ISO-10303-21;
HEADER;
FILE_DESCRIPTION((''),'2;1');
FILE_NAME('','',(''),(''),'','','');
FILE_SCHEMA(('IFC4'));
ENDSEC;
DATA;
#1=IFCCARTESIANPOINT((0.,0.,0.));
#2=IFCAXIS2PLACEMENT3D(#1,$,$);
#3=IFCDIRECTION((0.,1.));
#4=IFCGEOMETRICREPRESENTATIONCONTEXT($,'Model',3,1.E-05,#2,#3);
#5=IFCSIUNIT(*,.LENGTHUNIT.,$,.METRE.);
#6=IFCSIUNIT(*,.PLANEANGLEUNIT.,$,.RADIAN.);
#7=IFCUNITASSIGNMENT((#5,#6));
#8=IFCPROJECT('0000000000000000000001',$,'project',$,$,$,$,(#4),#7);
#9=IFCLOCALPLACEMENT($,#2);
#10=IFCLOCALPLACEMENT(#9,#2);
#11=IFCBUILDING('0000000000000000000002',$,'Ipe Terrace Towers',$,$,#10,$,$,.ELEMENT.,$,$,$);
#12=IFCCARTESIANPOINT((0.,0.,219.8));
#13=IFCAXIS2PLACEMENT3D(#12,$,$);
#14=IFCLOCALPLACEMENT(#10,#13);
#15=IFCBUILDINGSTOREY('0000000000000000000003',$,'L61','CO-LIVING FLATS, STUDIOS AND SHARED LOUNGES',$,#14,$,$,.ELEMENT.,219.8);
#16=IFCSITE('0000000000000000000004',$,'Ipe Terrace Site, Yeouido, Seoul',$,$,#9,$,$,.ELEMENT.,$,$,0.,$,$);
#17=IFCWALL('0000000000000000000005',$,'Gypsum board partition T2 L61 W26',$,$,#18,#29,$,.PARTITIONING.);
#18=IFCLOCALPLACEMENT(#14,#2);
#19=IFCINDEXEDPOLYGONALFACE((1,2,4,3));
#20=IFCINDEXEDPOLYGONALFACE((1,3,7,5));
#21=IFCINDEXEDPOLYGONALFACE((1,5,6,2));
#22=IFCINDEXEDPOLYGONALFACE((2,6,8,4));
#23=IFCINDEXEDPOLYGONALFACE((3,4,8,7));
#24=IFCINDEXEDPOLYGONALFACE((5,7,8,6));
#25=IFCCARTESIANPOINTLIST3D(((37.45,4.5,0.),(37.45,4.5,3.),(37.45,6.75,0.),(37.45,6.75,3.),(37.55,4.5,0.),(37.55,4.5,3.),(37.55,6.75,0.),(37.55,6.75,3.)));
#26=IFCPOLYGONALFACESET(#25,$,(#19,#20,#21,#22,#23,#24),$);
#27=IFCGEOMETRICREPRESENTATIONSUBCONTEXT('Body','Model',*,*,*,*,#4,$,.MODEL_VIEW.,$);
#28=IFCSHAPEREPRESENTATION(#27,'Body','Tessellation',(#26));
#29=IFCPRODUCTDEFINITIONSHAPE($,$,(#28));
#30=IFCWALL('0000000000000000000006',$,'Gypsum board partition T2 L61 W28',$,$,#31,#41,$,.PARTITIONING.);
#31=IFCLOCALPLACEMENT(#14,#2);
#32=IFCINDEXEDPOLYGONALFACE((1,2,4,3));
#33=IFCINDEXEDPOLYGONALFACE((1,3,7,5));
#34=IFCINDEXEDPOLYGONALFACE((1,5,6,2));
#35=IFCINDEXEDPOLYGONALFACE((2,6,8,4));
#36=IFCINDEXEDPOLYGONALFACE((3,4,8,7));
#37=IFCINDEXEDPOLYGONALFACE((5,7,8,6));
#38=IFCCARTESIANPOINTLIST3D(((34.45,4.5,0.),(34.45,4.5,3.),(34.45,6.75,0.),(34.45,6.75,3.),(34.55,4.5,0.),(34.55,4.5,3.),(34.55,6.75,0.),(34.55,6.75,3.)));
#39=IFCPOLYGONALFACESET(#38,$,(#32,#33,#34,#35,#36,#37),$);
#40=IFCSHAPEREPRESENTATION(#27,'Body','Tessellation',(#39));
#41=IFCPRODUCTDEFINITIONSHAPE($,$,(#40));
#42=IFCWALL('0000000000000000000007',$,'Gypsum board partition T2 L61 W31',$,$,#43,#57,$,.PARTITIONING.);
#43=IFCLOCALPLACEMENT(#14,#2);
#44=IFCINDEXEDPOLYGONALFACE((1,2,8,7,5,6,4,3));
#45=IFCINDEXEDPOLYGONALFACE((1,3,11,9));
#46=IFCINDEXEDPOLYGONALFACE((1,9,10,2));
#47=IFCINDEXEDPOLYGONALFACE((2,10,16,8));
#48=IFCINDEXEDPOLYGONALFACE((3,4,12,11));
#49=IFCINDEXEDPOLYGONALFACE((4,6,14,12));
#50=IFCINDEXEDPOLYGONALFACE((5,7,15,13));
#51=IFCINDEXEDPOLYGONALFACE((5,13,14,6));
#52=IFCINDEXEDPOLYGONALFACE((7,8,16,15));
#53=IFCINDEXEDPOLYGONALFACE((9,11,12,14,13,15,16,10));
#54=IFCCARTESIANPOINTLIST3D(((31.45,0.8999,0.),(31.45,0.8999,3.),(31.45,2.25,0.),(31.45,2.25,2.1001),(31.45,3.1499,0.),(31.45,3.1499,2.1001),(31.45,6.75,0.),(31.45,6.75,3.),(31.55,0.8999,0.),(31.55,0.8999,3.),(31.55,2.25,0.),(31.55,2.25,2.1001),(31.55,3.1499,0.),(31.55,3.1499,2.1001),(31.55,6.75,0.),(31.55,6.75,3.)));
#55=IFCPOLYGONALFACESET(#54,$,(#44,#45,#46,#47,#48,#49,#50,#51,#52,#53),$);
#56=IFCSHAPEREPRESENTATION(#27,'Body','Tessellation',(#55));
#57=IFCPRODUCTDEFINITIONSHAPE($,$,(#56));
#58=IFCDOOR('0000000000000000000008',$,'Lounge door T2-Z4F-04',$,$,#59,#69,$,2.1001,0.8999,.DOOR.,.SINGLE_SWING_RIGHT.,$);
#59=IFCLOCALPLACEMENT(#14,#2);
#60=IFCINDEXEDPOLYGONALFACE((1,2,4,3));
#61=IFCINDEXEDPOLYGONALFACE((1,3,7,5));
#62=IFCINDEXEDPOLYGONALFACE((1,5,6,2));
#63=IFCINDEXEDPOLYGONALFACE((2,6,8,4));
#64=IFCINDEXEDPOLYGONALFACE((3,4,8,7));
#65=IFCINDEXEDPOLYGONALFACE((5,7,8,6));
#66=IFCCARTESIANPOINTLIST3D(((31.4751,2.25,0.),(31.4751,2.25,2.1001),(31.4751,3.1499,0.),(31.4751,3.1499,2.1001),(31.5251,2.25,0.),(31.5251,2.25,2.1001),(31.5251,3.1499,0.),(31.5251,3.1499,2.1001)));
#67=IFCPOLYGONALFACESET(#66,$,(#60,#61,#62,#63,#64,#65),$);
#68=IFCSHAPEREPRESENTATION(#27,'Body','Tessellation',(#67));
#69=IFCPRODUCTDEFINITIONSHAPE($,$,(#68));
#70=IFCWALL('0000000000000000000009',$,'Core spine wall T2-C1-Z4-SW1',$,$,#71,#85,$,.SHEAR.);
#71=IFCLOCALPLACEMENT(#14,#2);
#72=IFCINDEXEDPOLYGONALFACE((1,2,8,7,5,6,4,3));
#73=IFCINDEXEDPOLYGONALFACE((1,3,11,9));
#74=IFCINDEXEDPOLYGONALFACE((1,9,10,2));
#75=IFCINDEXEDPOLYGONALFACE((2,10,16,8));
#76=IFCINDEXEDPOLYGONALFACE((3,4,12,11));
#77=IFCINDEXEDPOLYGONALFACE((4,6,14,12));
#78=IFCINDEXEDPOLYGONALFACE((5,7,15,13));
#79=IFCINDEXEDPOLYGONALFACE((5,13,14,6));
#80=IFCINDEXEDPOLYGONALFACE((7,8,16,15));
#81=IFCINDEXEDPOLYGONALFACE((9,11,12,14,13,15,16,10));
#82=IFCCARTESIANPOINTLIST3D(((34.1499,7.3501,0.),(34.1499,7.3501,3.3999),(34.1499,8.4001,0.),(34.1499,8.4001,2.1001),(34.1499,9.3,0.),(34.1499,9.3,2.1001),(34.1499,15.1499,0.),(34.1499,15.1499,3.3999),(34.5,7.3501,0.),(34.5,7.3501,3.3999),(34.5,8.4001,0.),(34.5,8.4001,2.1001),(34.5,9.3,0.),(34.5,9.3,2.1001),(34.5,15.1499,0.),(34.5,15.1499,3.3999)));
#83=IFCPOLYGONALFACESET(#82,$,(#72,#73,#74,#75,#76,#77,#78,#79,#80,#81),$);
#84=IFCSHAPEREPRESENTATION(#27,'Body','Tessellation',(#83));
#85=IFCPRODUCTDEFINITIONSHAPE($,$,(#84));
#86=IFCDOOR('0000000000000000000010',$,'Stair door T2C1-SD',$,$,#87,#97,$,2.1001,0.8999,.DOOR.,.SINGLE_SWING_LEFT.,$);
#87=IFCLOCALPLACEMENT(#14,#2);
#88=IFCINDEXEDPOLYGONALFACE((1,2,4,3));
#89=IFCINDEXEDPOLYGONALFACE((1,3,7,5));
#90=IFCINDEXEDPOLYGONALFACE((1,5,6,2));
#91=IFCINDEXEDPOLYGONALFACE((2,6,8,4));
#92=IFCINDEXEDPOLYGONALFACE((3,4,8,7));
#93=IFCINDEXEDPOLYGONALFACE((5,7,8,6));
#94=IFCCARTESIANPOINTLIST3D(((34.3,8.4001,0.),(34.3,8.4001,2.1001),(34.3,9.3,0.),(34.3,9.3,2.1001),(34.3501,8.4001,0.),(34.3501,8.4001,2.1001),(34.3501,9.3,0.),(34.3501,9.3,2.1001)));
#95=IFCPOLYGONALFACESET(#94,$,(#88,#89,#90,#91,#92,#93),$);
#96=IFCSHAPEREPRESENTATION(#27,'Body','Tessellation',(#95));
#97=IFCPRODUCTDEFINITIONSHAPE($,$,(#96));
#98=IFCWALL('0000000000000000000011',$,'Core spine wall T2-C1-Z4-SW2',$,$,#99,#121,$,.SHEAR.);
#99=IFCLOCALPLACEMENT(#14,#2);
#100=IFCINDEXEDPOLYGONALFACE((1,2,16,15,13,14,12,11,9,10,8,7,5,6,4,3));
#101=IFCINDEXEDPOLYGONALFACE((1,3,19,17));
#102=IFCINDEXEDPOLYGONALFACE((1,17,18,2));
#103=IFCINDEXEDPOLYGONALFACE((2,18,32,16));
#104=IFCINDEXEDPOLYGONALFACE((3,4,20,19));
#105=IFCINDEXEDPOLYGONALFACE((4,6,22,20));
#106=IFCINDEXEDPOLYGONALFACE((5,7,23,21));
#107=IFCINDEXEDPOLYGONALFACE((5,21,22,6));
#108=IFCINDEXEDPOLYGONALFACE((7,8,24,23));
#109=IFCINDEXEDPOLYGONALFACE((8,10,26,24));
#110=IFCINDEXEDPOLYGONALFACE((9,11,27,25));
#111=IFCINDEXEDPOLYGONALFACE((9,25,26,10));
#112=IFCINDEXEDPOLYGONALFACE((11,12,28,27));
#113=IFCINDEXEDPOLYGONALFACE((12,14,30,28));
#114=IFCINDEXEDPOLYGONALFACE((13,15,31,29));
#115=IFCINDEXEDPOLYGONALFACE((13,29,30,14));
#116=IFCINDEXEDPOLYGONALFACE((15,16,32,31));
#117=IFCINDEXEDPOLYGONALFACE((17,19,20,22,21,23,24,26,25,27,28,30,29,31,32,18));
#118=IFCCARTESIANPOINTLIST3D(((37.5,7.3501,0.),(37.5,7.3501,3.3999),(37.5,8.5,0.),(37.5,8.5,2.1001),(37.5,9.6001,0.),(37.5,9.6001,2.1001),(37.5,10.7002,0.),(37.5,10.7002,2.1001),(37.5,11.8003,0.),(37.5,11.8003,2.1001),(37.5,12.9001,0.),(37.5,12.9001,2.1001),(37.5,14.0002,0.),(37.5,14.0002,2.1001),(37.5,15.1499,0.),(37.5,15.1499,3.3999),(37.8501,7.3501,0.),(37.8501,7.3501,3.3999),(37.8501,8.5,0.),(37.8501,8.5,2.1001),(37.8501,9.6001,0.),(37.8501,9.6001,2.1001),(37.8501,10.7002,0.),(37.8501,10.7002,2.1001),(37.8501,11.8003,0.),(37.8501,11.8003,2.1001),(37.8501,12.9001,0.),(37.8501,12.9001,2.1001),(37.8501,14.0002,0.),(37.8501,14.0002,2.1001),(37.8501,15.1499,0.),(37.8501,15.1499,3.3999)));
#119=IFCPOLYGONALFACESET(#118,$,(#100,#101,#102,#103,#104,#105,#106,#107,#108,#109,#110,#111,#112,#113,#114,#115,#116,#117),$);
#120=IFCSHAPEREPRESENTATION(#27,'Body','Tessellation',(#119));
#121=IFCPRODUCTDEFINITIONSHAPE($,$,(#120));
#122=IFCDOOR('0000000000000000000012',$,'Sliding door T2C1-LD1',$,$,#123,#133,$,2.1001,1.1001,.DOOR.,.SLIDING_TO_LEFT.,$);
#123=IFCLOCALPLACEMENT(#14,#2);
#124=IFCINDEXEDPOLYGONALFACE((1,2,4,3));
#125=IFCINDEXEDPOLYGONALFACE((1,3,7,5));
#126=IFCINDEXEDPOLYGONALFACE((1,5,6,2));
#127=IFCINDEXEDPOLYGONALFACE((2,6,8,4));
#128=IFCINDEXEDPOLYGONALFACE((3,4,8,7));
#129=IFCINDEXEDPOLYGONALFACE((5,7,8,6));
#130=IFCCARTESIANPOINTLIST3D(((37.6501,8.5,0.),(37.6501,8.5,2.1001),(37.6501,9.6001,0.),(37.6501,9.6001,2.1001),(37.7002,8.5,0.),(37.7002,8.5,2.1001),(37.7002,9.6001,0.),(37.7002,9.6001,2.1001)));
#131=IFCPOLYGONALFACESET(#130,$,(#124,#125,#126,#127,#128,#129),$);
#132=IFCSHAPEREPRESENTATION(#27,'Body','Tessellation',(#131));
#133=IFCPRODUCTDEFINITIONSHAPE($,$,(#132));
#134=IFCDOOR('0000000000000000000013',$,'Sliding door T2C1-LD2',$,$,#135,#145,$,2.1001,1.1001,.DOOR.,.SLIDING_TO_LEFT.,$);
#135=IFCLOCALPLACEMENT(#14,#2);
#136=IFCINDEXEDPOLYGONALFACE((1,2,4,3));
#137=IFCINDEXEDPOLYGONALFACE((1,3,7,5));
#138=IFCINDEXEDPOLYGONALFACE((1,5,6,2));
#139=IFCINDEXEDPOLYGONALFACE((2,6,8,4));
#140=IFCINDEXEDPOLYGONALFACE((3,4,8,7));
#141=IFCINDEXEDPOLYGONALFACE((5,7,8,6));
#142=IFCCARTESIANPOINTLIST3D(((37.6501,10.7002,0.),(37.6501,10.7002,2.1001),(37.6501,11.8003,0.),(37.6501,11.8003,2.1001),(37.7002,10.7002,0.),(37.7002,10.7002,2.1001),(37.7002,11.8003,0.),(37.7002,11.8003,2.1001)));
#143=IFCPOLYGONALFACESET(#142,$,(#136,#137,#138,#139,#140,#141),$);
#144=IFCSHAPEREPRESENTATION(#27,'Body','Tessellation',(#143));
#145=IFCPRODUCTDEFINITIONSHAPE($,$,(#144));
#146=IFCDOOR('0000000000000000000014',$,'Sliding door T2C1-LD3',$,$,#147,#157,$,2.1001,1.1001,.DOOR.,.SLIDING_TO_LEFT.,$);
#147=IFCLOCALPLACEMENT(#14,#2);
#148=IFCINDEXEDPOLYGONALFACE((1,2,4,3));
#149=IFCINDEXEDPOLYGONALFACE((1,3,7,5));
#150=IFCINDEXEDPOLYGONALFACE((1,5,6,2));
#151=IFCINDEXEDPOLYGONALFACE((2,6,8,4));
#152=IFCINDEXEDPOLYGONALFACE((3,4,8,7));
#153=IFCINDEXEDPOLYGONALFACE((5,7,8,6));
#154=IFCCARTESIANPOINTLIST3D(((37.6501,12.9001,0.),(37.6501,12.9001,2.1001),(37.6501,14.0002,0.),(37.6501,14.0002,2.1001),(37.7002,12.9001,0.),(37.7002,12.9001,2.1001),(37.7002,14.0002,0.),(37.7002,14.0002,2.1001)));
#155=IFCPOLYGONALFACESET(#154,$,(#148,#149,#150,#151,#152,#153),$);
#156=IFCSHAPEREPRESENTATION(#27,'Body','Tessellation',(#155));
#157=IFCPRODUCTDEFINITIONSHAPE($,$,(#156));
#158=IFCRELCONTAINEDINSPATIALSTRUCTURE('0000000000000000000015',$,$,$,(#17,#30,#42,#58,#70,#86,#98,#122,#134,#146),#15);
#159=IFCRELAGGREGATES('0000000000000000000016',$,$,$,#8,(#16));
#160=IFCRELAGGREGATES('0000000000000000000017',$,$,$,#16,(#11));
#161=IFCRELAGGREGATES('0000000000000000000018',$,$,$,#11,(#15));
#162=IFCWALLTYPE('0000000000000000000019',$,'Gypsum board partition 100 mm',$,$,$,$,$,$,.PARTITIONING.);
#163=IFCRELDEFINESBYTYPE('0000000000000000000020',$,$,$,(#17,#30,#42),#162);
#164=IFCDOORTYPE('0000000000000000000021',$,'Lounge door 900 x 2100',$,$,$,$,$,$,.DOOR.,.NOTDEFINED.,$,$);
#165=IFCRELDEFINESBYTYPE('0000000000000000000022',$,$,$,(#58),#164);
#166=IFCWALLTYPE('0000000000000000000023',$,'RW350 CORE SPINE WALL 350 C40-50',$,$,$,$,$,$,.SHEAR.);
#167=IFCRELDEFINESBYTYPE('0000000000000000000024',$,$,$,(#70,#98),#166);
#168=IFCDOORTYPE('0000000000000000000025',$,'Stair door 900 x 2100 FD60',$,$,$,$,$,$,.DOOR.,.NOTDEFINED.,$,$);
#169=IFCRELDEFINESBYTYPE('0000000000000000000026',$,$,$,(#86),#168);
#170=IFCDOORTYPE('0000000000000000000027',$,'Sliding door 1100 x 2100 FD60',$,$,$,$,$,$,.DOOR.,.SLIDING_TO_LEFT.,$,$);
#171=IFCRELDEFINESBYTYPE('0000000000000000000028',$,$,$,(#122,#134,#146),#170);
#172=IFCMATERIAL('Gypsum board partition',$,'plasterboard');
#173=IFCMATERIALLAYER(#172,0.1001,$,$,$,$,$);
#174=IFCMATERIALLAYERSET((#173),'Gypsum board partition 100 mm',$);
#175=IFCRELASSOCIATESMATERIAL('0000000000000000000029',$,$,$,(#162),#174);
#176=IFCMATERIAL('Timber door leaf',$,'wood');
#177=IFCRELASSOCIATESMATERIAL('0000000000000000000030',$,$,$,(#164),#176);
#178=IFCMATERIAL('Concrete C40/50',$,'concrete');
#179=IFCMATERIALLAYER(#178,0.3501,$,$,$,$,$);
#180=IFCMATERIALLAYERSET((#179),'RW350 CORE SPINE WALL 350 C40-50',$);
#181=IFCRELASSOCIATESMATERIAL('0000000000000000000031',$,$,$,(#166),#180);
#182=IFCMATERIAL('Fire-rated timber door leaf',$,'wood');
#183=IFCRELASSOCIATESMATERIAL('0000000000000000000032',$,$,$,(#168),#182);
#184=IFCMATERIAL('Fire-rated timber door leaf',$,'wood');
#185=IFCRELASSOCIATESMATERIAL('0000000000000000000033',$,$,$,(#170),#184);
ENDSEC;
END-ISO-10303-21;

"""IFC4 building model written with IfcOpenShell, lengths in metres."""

from ifc_helpers import new_model, si_unit, direction, frame, frame_2d, origin, place, context, subcontext, project, spatial, rectangle, extrude, material, layer, layer_set, type_object, element, fill, save


model = new_model("IFC4")

# Units and contexts
model_context = context("Model", 3, precision=1e-05, world=origin(), true_north=direction((0.0, 1.0)))
body_context = subcontext(model_context, "Body", "Model", "MODEL_VIEW")
ifc_project = project(units=[si_unit("LENGTHUNIT", "METRE"), si_unit("PLANEANGLEUNIT", "RADIAN")], contexts=[model_context])

# Site, building, storey
site_placement = place(None, origin())
site = spatial("IfcSite", under=ifc_project, at=site_placement, Name="Ipe Terrace Site, Yeouido, Seoul", CompositionType="ELEMENT", RefElevation=0.0)
building_placement = place(site_placement, origin())
building = spatial("IfcBuilding", under=site, at=building_placement, Name="Ipe Terrace Towers", CompositionType="ELEMENT")
storey_placement = place(building_placement, frame((0.0, 0.0, 219.8)))
storey = spatial("IfcBuildingStorey", under=building, at=storey_placement, Name="L61", Description="CO-LIVING FLATS, STUDIOS AND SHARED LOUNGES", CompositionType="ELEMENT", Elevation=219.8)

# Shared definitions
ifc_material_1 = material(Name="Gypsum board partition", Category="plasterboard")
ifc_layer_1 = layer(ifc_material_1, 0.1001)
ifc_layer_set_1 = layer_set([ifc_layer_1], Name="Gypsum board partition 100 mm")
wall_type_1 = type_object("IfcWallType", Name="Gypsum board partition 100 mm", PredefinedType="PARTITIONING", material=ifc_layer_set_1)

# Shared definitions
ifc_material_2 = material(Name="Timber door leaf", Category="wood")
door_type_1 = type_object("IfcDoorType", Name="Lounge door 900 x 2100", OperationType="NOTDEFINED", PredefinedType="DOOR", material=ifc_material_2)

# Walls
for number, where, z_axis, x_axis, name in (
    (1, (37.5, 4.5, 0.0), (0.0, 0.0, 1.0), (0.0, 1.0, 0.0), "Gypsum board partition T2 L61 W26"),
    (2, (34.5, 4.5, 0.0), (0.0, 0.0, 1.0), (0.0, 1.0, 0.0), "Gypsum board partition T2 L61 W28"),
):
    element("IfcWall", number, at=place(storey_placement, frame(where, z_axis=z_axis, x_axis=x_axis)), inside=storey, type_object=wall_type_1, Name=name, PredefinedType="PARTITIONING", context=body_context, shape_type="SweptSolid", body=[
        extrude(rectangle(XDim=2.25, YDim=0.1001, at=frame_2d((1.125, 0.0))), origin(), (0.0, 0.0, 1.0), 3.0),
    ])

# Walls, openings, doors
wall_1_placement = place(storey_placement, frame((31.5, 0.8999, 0.0), z_axis=(0.0, 0.0, 1.0), x_axis=(0.0, 1.0, 0.0)))
wall_1 = element("IfcWall", 3, at=wall_1_placement, inside=storey, type_object=wall_type_1, Name="Gypsum board partition T2 L61 W31", PredefinedType="PARTITIONING", context=body_context, shape_type="SweptSolid", body=[
    extrude(rectangle(XDim=5.8501, YDim=0.1001, at=frame_2d((2.925, 0.0))), origin(), (0.0, 0.0, 1.0), 3.0),
])
opening_1_placement = place(wall_1_placement, frame((1.3501, 0.0, 0.0)))
opening_1 = element("IfcOpeningElement", 4, at=opening_1_placement, cuts=wall_1, PredefinedType="OPENING", context=body_context, shape_type="SweptSolid", body=[
    extrude(rectangle(XDim=0.8999, YDim=2.1001, at=frame_2d((0.45, 1.05))), frame((0.0, 0.0601, 0.0), z_axis=(0.0, -1.0, 0.0), x_axis=(1.0, 0.0, 0.0)), (0.0, 0.0, 1.0), 0.1201),
])
door_1_placement = place(opening_1_placement, origin())
door_1 = element("IfcDoor", 5, at=door_1_placement, inside=storey, type_object=door_type_1, Name="Lounge door T2-Z4F-04", OperationType="SINGLE_SWING_RIGHT", OverallHeight=2.1001, OverallWidth=0.8999, PredefinedType="DOOR", context=body_context, shape_type="SweptSolid", body=[
    extrude(rectangle(XDim=0.8999, YDim=2.1001, at=frame_2d((0.45, 1.05))), frame((0.0, 0.0249, 0.0), z_axis=(0.0, -1.0, 0.0), x_axis=(1.0, 0.0, 0.0)), (0.0, 0.0, 1.0), 0.05),
])
fill(opening_1, door_1)
ifc_material_3 = material(Name="Concrete C40/50", Category="concrete")
ifc_layer_2 = layer(ifc_material_3, 0.3501)
ifc_layer_set_2 = layer_set([ifc_layer_2], Name="RW350 CORE SPINE WALL 350 C40-50")
wall_type_2 = type_object("IfcWallType", Name="RW350 CORE SPINE WALL 350 C40-50", PredefinedType="SHEAR", material=ifc_layer_set_2)
wall_2_placement = place(storey_placement, frame((34.325, 7.3501, 0.0), z_axis=(0.0, 0.0, 1.0), x_axis=(0.0, 1.0, 0.0)))
wall_2 = element("IfcWall", 6, at=wall_2_placement, inside=storey, type_object=wall_type_2, Name="Core spine wall T2-C1-Z4-SW1", PredefinedType="SHEAR", context=body_context, shape_type="SweptSolid", body=[
    extrude(rectangle(XDim=7.7998, YDim=0.3501, at=frame_2d((3.8999, 0.0))), origin(), (0.0, 0.0, 1.0), 3.3999),
])
opening_2_placement = place(wall_2_placement, frame((1.05, 0.0, 0.0)))
opening_2 = element("IfcOpeningElement", 7, at=opening_2_placement, cuts=wall_2, PredefinedType="OPENING", context=body_context, shape_type="SweptSolid", body=[
    extrude(rectangle(XDim=0.8999, YDim=2.1001, at=frame_2d((0.45, 1.05))), frame((0.0, 0.1851, 0.0), z_axis=(0.0, -1.0, 0.0), x_axis=(1.0, 0.0, 0.0)), (0.0, 0.0, 1.0), 0.3701),
])
ifc_material_4 = material(Name="Fire-rated timber door leaf", Category="wood")
door_type_2 = type_object("IfcDoorType", Name="Stair door 900 x 2100 FD60", OperationType="NOTDEFINED", PredefinedType="DOOR", material=ifc_material_4)
door_2_placement = place(opening_2_placement, origin())
door_2 = element("IfcDoor", 8, at=door_2_placement, inside=storey, type_object=door_type_2, Name="Stair door T2C1-SD", OperationType="SINGLE_SWING_LEFT", OverallHeight=2.1001, OverallWidth=0.8999, PredefinedType="DOOR", context=body_context, shape_type="SweptSolid", body=[
    extrude(rectangle(XDim=0.8999, YDim=2.1001, at=frame_2d((0.45, 1.05))), frame((0.0, 0.0249, 0.0), z_axis=(0.0, -1.0, 0.0), x_axis=(1.0, 0.0, 0.0)), (0.0, 0.0, 1.0), 0.05),
])
fill(opening_2, door_2)

# Wall, openings, doors
wall_3_placement = place(storey_placement, frame((37.675, 7.3501, 0.0), z_axis=(0.0, 0.0, 1.0), x_axis=(0.0, 1.0, 0.0)))
wall_3 = element("IfcWall", 9, at=wall_3_placement, inside=storey, type_object=wall_type_2, Name="Core spine wall T2-C1-Z4-SW2", PredefinedType="SHEAR", context=body_context, shape_type="SweptSolid", body=[
    extrude(rectangle(XDim=7.7998, YDim=0.3501, at=frame_2d((3.8999, 0.0))), origin(), (0.0, 0.0, 1.0), 3.3999),
])
opening_3_placement = place(wall_3_placement, frame((1.1499, 0.0, 0.0)))
opening_3 = element("IfcOpeningElement", 10, at=opening_3_placement, cuts=wall_3, PredefinedType="OPENING", context=body_context, shape_type="SweptSolid", body=[
    extrude(rectangle(XDim=1.1001, YDim=2.1001, at=frame_2d((0.55, 1.05))), frame((0.0, 0.1851, 0.0), z_axis=(0.0, -1.0, 0.0), x_axis=(1.0, 0.0, 0.0)), (0.0, 0.0, 1.0), 0.3701),
])
opening_4_placement = place(wall_3_placement, frame((3.3501, 0.0, 0.0)))
opening_4 = element("IfcOpeningElement", 11, at=opening_4_placement, cuts=wall_3, PredefinedType="OPENING", context=body_context, shape_type="SweptSolid", body=[
    extrude(rectangle(XDim=1.1001, YDim=2.1001, at=frame_2d((0.55, 1.05))), frame((0.0, 0.1851, 0.0), z_axis=(0.0, -1.0, 0.0), x_axis=(1.0, 0.0, 0.0)), (0.0, 0.0, 1.0), 0.3701),
])
opening_5_placement = place(wall_3_placement, frame((5.55, 0.0, 0.0)))
opening_5 = element("IfcOpeningElement", 12, at=opening_5_placement, cuts=wall_3, PredefinedType="OPENING", context=body_context, shape_type="SweptSolid", body=[
    extrude(rectangle(XDim=1.1001, YDim=2.1001, at=frame_2d((0.55, 1.05))), frame((0.0, 0.1851, 0.0), z_axis=(0.0, -1.0, 0.0), x_axis=(1.0, 0.0, 0.0)), (0.0, 0.0, 1.0), 0.3701),
])
ifc_material_5 = material(Name="Fire-rated timber door leaf", Category="wood")
door_type_3 = type_object("IfcDoorType", Name="Sliding door 1100 x 2100 FD60", OperationType="SLIDING_TO_LEFT", PredefinedType="DOOR", material=ifc_material_5)
door_3_placement = place(opening_3_placement, origin())
door_3 = element("IfcDoor", 13, at=door_3_placement, inside=storey, type_object=door_type_3, Name="Sliding door T2C1-LD1", OperationType="SLIDING_TO_LEFT", OverallHeight=2.1001, OverallWidth=1.1001, PredefinedType="DOOR", context=body_context, shape_type="SweptSolid", body=[
    extrude(rectangle(XDim=1.1001, YDim=2.1001, at=frame_2d((0.55, 1.05))), frame((0.0, 0.0249, 0.0), z_axis=(0.0, -1.0, 0.0), x_axis=(1.0, 0.0, 0.0)), (0.0, 0.0, 1.0), 0.05),
])
fill(opening_3, door_3)
door_4_placement = place(opening_4_placement, origin())
door_4 = element("IfcDoor", 14, at=door_4_placement, inside=storey, type_object=door_type_3, Name="Sliding door T2C1-LD2", OperationType="SLIDING_TO_LEFT", OverallHeight=2.1001, OverallWidth=1.1001, PredefinedType="DOOR", context=body_context, shape_type="SweptSolid", body=[
    extrude(rectangle(XDim=1.1001, YDim=2.1001, at=frame_2d((0.55, 1.05))), frame((0.0, 0.0249, 0.0), z_axis=(0.0, -1.0, 0.0), x_axis=(1.0, 0.0, 0.0)), (0.0, 0.0, 1.0), 0.05),
])
fill(opening_4, door_4)
door_5_placement = place(opening_5_placement, origin())
door_5 = element("IfcDoor", 15, at=door_5_placement, inside=storey, type_object=door_type_3, Name="Sliding door T2C1-LD3", OperationType="SLIDING_TO_LEFT", OverallHeight=2.1001, OverallWidth=1.1001, PredefinedType="DOOR", context=body_context, shape_type="SweptSolid", body=[
    extrude(rectangle(XDim=1.1001, YDim=2.1001, at=frame_2d((0.55, 1.05))), frame((0.0, 0.0249, 0.0), z_axis=(0.0, -1.0, 0.0), x_axis=(1.0, 0.0, 0.0)), (0.0, 0.0, 1.0), 0.05),
])
fill(opening_5, door_5)

save(model, "model.ifc")
